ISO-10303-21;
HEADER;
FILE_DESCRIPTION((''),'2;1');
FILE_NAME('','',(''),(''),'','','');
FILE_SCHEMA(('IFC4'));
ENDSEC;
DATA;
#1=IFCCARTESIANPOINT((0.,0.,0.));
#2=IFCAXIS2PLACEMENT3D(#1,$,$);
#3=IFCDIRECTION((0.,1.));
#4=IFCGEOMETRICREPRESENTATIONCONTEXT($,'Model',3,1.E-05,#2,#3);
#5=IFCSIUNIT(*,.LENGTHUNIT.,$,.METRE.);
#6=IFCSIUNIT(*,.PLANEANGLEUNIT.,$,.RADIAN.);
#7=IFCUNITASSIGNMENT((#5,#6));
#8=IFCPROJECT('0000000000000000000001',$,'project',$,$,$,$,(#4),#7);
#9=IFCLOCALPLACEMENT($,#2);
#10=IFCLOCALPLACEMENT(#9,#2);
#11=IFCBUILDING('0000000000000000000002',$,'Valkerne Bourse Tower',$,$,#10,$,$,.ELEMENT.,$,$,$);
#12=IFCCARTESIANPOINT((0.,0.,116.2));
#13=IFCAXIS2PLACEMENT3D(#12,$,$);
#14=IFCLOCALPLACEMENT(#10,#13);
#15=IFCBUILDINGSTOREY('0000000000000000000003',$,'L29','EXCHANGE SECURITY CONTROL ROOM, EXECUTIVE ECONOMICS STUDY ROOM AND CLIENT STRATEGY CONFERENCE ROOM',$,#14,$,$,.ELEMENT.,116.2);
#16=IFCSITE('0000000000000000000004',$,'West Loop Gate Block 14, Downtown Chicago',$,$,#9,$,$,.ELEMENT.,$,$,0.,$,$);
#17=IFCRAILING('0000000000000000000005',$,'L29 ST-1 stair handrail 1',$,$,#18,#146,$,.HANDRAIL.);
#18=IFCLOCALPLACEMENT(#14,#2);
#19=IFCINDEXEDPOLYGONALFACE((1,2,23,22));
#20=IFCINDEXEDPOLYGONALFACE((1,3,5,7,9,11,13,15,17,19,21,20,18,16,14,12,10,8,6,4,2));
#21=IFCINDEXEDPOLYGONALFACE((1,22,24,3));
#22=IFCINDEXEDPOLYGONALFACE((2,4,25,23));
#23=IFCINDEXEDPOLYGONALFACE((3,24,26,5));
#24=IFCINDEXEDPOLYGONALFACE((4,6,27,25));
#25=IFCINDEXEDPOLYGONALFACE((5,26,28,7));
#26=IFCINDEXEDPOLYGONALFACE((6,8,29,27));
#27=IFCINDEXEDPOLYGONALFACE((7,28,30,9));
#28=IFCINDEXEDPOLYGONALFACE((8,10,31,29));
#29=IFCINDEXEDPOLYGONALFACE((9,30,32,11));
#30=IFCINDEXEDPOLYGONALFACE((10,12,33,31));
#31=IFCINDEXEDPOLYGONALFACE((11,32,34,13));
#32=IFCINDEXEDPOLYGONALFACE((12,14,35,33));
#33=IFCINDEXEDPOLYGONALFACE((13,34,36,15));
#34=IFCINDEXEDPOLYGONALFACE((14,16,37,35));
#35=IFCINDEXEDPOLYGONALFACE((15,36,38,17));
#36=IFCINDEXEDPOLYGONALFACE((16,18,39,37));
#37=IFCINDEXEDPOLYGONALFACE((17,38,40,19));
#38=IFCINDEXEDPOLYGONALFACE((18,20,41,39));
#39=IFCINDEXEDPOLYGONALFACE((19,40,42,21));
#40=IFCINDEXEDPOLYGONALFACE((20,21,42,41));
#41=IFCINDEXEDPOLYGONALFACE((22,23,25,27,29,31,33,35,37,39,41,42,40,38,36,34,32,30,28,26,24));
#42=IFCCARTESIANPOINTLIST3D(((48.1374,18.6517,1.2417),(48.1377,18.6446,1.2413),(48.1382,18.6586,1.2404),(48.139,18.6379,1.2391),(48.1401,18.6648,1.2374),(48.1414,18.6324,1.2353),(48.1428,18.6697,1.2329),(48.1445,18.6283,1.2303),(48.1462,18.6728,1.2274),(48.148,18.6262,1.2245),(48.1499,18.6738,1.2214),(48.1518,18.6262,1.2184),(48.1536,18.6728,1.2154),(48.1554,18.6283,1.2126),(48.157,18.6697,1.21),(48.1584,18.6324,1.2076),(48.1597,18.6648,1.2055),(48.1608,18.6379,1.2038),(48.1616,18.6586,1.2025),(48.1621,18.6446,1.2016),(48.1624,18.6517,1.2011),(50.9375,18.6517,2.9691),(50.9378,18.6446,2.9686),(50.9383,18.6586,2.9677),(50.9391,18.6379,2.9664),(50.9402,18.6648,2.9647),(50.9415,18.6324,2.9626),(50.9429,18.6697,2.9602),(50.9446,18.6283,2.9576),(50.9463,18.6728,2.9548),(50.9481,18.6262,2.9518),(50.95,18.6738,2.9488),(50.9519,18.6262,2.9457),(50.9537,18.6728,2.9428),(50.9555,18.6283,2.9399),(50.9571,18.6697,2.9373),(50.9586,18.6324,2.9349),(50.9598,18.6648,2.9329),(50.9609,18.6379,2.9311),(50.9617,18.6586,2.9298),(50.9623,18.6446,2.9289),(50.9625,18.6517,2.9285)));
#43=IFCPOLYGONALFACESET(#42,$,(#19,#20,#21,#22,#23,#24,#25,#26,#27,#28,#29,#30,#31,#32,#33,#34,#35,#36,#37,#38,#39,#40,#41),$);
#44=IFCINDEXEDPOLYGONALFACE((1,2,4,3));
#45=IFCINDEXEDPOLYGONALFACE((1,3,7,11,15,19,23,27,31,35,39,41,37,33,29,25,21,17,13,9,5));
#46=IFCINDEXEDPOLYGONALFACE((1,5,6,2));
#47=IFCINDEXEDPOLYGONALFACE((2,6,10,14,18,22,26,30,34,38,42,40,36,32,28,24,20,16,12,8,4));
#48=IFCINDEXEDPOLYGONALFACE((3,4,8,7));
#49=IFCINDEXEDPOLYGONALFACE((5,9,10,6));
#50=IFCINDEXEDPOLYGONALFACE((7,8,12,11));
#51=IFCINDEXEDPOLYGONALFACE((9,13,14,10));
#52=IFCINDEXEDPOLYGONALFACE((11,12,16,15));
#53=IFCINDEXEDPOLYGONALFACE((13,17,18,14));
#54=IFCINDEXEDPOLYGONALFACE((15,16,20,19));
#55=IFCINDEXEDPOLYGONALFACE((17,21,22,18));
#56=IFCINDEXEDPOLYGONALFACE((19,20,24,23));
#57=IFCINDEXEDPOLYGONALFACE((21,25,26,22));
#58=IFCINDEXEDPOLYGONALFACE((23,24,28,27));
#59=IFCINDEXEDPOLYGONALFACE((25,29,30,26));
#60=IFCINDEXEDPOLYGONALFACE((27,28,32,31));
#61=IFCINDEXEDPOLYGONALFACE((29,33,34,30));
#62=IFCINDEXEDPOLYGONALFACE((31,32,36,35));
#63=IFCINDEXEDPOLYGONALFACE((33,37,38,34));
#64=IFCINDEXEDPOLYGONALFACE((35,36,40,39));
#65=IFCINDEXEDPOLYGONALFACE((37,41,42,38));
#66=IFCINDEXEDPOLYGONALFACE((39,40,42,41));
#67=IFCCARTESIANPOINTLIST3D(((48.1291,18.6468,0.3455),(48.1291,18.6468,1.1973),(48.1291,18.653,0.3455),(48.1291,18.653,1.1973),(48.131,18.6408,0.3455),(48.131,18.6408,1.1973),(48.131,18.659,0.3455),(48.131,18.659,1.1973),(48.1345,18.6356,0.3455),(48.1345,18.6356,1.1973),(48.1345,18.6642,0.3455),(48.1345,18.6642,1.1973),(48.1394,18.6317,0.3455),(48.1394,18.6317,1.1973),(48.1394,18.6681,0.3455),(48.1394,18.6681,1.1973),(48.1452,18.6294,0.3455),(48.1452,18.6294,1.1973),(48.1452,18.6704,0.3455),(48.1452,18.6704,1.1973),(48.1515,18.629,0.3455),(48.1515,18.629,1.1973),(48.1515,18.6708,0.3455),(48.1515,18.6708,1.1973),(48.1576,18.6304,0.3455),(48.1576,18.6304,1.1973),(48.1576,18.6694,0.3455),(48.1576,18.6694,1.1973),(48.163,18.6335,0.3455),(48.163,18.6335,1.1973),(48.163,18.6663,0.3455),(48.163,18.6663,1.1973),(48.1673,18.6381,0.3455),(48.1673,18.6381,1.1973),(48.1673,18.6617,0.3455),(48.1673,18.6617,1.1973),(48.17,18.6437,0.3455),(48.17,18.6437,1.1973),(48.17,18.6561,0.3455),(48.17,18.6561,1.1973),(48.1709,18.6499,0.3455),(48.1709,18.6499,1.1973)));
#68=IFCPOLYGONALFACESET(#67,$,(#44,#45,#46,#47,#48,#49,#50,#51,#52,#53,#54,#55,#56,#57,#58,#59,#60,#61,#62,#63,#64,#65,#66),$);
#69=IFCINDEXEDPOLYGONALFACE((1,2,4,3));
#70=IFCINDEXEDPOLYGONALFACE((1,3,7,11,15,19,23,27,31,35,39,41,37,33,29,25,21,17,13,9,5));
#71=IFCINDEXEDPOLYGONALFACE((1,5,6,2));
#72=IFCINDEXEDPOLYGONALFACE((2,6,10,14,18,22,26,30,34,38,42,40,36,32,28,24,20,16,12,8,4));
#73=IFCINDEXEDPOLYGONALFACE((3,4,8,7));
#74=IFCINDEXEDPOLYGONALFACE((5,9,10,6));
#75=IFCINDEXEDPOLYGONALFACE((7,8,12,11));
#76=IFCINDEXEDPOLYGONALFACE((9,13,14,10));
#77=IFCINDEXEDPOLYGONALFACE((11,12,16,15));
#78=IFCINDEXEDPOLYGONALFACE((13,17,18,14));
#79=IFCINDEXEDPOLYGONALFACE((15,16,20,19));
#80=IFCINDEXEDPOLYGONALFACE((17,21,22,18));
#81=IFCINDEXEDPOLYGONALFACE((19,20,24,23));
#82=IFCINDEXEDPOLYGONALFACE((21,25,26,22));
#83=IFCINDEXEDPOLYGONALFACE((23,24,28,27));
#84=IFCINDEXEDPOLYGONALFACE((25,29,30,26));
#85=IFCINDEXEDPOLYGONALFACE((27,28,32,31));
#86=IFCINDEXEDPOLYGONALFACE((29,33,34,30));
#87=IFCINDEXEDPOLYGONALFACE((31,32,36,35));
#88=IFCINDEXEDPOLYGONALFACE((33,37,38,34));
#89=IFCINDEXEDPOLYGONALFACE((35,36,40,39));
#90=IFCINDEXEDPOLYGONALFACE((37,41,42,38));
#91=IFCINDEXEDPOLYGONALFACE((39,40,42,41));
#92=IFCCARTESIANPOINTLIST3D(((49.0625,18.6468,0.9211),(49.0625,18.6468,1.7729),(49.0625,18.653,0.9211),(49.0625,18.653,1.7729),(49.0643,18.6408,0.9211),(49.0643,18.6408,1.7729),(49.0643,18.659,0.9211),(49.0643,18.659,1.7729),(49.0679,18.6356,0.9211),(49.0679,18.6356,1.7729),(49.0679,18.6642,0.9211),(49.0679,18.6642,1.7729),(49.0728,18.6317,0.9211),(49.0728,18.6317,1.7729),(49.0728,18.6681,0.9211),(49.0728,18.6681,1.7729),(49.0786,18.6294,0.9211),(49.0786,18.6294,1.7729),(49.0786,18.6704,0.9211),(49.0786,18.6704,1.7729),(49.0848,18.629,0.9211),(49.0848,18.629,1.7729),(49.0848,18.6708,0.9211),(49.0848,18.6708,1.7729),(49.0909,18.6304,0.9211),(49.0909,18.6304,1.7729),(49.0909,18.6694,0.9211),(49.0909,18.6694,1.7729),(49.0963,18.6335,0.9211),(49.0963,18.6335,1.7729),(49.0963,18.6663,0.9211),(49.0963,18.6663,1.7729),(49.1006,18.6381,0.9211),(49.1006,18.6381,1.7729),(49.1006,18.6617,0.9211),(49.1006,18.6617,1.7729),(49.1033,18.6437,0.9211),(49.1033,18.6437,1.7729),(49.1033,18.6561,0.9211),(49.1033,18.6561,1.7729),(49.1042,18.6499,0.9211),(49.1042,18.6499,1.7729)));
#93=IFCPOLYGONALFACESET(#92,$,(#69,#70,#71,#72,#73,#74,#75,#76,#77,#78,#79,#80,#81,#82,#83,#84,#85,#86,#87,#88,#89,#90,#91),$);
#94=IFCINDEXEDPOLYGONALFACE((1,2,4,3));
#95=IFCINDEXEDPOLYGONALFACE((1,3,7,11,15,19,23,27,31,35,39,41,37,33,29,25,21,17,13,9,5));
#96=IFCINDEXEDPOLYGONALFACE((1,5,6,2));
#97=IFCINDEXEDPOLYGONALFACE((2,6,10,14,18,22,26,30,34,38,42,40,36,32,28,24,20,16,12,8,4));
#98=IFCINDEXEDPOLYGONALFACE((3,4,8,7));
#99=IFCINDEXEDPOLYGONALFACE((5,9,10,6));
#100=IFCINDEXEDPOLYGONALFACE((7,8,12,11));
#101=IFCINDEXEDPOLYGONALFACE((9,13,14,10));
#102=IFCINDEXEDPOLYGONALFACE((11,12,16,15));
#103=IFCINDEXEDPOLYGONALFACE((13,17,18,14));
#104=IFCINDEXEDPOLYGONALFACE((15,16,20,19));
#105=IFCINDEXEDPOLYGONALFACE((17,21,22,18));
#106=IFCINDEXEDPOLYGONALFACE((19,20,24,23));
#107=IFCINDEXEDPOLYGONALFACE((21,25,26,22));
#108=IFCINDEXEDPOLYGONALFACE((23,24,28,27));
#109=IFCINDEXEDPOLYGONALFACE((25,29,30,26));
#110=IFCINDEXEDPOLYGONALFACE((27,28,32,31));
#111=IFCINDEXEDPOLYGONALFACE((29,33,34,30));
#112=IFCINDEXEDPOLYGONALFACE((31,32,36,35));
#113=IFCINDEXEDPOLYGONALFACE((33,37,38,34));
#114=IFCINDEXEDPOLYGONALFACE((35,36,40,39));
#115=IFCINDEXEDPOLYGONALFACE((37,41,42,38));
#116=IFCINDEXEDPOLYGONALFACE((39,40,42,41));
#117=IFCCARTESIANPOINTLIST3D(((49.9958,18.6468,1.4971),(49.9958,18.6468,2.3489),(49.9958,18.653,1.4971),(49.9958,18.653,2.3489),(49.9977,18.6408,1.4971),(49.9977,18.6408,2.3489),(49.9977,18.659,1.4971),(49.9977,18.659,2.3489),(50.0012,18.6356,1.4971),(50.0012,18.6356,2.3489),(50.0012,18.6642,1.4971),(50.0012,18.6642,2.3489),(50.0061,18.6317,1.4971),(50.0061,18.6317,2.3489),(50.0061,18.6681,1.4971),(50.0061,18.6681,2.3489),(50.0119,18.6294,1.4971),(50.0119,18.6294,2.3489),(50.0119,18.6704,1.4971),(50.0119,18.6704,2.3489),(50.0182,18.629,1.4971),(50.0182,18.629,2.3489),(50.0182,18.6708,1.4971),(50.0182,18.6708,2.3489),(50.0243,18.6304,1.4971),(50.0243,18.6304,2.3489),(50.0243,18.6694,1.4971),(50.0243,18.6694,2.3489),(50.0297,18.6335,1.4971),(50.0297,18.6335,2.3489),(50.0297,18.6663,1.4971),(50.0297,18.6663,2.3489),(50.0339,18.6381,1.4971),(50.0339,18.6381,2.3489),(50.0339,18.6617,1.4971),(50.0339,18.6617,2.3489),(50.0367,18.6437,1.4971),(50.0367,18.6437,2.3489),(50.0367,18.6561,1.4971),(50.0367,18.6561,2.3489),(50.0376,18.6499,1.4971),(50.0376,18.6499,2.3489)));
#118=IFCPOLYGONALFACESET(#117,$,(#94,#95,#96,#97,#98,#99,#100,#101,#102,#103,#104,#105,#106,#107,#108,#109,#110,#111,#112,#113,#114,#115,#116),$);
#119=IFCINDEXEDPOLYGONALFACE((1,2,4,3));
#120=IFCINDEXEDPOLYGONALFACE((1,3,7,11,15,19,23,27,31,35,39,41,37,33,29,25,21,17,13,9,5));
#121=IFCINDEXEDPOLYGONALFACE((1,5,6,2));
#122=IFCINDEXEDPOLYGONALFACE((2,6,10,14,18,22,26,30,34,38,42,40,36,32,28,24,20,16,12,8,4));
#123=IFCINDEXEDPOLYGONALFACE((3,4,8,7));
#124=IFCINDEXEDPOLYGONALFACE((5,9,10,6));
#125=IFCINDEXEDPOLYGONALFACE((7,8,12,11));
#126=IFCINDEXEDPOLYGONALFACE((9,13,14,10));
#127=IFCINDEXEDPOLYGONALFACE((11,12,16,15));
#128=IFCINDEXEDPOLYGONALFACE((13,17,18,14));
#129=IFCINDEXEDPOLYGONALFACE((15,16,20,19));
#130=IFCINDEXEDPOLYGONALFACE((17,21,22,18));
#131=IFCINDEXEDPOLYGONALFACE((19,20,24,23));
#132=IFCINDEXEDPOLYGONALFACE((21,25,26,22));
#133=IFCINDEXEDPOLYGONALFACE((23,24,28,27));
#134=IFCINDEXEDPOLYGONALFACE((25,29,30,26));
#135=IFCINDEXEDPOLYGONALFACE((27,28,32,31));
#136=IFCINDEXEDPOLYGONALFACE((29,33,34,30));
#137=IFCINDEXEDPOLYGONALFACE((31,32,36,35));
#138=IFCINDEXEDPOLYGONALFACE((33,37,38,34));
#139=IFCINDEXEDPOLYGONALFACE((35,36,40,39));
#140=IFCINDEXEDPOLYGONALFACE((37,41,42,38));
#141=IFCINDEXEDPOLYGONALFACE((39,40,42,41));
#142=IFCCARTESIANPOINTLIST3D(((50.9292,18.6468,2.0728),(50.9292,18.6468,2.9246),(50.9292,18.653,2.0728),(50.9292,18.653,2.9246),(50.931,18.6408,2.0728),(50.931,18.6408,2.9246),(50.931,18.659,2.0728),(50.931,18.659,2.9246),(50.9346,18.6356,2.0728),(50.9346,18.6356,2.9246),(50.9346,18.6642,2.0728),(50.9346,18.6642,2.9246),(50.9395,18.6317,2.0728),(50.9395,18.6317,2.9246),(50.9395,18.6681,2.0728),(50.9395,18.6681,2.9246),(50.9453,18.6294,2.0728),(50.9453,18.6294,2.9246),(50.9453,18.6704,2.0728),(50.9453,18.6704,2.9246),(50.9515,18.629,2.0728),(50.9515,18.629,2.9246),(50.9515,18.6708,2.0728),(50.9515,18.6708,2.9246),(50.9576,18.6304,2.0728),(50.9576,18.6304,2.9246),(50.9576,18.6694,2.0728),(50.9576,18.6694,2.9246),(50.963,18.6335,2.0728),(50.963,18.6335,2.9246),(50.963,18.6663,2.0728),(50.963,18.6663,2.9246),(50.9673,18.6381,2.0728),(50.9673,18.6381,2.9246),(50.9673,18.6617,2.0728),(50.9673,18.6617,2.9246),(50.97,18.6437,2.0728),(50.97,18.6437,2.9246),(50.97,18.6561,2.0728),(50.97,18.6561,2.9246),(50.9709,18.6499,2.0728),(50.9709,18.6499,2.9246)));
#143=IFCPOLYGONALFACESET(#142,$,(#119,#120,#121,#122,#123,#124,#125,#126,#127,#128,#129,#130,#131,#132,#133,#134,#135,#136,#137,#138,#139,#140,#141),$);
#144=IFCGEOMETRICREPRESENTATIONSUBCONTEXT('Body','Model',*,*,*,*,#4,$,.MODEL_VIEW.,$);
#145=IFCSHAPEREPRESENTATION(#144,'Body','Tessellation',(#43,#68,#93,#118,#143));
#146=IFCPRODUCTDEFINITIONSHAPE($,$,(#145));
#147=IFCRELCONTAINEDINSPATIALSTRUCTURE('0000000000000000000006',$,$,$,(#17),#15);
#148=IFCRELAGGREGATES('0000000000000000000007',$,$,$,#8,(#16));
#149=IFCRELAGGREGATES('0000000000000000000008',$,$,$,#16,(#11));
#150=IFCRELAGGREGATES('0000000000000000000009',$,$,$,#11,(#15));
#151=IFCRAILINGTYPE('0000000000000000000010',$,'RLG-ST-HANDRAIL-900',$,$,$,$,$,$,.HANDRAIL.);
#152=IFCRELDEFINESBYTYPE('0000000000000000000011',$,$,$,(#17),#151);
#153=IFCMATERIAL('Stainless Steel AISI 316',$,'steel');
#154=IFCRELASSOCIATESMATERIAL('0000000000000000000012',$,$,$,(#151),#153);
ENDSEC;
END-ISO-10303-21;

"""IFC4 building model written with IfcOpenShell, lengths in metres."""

from ifc_helpers import new_model, si_unit, direction, frame, origin, origin_2d, place, context, subcontext, project, spatial, circle, extrude, material, type_object, element, save


model = new_model("IFC4")

# Units and contexts
model_context = context("Model", 3, precision=1e-05, world=origin(), true_north=direction((0.0, 1.0)))
body_context = subcontext(model_context, "Body", "Model", "MODEL_VIEW")
ifc_project = project(units=[si_unit("LENGTHUNIT", "METRE"), si_unit("PLANEANGLEUNIT", "RADIAN")], contexts=[model_context])

# Site, building, storey
site_placement = place(None, origin())
site = spatial("IfcSite", under=ifc_project, at=site_placement, Name="West Loop Gate Block 14, Downtown Chicago", CompositionType="ELEMENT", RefElevation=0.0)
building_placement = place(site_placement, origin())
building = spatial("IfcBuilding", under=site, at=building_placement, Name="Valkerne Bourse Tower", CompositionType="ELEMENT")
storey_placement = place(building_placement, frame((0.0, 0.0, 116.2)))
storey = spatial("IfcBuildingStorey", under=building, at=storey_placement, Name="L29", Description="EXCHANGE SECURITY CONTROL ROOM, EXECUTIVE ECONOMICS STUDY ROOM AND CLIENT STRATEGY CONFERENCE ROOM", CompositionType="ELEMENT", Elevation=116.2)

# Shared definitions
ifc_material_1 = material(Name="Stainless Steel AISI 316", Category="steel")

# Railing
railing_type_1 = type_object("IfcRailingType", Name="RLG-ST-HANDRAIL-900", PredefinedType="HANDRAIL", material=ifc_material_1)
railing_1_placement = place(storey_placement, frame((48.1499, 18.6499, 0.3455)))
element("IfcRailing", 1, at=railing_1_placement, inside=storey, type_object=railing_type_1, Name="L29 ST-1 stair handrail 1", PredefinedType="HANDRAIL", context=body_context, shape_type="SweptSolid", body=[
    extrude(circle(Radius=0.0239, at=origin_2d()), frame((0.0, 0.0, 0.876), z_axis=(0.85109, 0.0, 0.52502), x_axis=(0.0, 1.0, 0.0)), (0.0, 0.0, 1.0), 3.29),
    extrude(circle(Radius=0.021, at=origin_2d()), origin(), (0.0, 0.0, 1.0), 0.8518),
    extrude(circle(Radius=0.021, at=origin_2d()), frame((0.9333, 0.0, 0.5757)), (0.0, 0.0, 1.0), 0.8518),
    extrude(circle(Radius=0.021, at=origin_2d()), frame((1.8667, 0.0, 1.1516)), (0.0, 0.0, 1.0), 0.8518),
    extrude(circle(Radius=0.021, at=origin_2d()), frame((2.8, 0.0, 1.7273)), (0.0, 0.0, 1.0), 0.8518),
])

save(model, "model.ifc")
